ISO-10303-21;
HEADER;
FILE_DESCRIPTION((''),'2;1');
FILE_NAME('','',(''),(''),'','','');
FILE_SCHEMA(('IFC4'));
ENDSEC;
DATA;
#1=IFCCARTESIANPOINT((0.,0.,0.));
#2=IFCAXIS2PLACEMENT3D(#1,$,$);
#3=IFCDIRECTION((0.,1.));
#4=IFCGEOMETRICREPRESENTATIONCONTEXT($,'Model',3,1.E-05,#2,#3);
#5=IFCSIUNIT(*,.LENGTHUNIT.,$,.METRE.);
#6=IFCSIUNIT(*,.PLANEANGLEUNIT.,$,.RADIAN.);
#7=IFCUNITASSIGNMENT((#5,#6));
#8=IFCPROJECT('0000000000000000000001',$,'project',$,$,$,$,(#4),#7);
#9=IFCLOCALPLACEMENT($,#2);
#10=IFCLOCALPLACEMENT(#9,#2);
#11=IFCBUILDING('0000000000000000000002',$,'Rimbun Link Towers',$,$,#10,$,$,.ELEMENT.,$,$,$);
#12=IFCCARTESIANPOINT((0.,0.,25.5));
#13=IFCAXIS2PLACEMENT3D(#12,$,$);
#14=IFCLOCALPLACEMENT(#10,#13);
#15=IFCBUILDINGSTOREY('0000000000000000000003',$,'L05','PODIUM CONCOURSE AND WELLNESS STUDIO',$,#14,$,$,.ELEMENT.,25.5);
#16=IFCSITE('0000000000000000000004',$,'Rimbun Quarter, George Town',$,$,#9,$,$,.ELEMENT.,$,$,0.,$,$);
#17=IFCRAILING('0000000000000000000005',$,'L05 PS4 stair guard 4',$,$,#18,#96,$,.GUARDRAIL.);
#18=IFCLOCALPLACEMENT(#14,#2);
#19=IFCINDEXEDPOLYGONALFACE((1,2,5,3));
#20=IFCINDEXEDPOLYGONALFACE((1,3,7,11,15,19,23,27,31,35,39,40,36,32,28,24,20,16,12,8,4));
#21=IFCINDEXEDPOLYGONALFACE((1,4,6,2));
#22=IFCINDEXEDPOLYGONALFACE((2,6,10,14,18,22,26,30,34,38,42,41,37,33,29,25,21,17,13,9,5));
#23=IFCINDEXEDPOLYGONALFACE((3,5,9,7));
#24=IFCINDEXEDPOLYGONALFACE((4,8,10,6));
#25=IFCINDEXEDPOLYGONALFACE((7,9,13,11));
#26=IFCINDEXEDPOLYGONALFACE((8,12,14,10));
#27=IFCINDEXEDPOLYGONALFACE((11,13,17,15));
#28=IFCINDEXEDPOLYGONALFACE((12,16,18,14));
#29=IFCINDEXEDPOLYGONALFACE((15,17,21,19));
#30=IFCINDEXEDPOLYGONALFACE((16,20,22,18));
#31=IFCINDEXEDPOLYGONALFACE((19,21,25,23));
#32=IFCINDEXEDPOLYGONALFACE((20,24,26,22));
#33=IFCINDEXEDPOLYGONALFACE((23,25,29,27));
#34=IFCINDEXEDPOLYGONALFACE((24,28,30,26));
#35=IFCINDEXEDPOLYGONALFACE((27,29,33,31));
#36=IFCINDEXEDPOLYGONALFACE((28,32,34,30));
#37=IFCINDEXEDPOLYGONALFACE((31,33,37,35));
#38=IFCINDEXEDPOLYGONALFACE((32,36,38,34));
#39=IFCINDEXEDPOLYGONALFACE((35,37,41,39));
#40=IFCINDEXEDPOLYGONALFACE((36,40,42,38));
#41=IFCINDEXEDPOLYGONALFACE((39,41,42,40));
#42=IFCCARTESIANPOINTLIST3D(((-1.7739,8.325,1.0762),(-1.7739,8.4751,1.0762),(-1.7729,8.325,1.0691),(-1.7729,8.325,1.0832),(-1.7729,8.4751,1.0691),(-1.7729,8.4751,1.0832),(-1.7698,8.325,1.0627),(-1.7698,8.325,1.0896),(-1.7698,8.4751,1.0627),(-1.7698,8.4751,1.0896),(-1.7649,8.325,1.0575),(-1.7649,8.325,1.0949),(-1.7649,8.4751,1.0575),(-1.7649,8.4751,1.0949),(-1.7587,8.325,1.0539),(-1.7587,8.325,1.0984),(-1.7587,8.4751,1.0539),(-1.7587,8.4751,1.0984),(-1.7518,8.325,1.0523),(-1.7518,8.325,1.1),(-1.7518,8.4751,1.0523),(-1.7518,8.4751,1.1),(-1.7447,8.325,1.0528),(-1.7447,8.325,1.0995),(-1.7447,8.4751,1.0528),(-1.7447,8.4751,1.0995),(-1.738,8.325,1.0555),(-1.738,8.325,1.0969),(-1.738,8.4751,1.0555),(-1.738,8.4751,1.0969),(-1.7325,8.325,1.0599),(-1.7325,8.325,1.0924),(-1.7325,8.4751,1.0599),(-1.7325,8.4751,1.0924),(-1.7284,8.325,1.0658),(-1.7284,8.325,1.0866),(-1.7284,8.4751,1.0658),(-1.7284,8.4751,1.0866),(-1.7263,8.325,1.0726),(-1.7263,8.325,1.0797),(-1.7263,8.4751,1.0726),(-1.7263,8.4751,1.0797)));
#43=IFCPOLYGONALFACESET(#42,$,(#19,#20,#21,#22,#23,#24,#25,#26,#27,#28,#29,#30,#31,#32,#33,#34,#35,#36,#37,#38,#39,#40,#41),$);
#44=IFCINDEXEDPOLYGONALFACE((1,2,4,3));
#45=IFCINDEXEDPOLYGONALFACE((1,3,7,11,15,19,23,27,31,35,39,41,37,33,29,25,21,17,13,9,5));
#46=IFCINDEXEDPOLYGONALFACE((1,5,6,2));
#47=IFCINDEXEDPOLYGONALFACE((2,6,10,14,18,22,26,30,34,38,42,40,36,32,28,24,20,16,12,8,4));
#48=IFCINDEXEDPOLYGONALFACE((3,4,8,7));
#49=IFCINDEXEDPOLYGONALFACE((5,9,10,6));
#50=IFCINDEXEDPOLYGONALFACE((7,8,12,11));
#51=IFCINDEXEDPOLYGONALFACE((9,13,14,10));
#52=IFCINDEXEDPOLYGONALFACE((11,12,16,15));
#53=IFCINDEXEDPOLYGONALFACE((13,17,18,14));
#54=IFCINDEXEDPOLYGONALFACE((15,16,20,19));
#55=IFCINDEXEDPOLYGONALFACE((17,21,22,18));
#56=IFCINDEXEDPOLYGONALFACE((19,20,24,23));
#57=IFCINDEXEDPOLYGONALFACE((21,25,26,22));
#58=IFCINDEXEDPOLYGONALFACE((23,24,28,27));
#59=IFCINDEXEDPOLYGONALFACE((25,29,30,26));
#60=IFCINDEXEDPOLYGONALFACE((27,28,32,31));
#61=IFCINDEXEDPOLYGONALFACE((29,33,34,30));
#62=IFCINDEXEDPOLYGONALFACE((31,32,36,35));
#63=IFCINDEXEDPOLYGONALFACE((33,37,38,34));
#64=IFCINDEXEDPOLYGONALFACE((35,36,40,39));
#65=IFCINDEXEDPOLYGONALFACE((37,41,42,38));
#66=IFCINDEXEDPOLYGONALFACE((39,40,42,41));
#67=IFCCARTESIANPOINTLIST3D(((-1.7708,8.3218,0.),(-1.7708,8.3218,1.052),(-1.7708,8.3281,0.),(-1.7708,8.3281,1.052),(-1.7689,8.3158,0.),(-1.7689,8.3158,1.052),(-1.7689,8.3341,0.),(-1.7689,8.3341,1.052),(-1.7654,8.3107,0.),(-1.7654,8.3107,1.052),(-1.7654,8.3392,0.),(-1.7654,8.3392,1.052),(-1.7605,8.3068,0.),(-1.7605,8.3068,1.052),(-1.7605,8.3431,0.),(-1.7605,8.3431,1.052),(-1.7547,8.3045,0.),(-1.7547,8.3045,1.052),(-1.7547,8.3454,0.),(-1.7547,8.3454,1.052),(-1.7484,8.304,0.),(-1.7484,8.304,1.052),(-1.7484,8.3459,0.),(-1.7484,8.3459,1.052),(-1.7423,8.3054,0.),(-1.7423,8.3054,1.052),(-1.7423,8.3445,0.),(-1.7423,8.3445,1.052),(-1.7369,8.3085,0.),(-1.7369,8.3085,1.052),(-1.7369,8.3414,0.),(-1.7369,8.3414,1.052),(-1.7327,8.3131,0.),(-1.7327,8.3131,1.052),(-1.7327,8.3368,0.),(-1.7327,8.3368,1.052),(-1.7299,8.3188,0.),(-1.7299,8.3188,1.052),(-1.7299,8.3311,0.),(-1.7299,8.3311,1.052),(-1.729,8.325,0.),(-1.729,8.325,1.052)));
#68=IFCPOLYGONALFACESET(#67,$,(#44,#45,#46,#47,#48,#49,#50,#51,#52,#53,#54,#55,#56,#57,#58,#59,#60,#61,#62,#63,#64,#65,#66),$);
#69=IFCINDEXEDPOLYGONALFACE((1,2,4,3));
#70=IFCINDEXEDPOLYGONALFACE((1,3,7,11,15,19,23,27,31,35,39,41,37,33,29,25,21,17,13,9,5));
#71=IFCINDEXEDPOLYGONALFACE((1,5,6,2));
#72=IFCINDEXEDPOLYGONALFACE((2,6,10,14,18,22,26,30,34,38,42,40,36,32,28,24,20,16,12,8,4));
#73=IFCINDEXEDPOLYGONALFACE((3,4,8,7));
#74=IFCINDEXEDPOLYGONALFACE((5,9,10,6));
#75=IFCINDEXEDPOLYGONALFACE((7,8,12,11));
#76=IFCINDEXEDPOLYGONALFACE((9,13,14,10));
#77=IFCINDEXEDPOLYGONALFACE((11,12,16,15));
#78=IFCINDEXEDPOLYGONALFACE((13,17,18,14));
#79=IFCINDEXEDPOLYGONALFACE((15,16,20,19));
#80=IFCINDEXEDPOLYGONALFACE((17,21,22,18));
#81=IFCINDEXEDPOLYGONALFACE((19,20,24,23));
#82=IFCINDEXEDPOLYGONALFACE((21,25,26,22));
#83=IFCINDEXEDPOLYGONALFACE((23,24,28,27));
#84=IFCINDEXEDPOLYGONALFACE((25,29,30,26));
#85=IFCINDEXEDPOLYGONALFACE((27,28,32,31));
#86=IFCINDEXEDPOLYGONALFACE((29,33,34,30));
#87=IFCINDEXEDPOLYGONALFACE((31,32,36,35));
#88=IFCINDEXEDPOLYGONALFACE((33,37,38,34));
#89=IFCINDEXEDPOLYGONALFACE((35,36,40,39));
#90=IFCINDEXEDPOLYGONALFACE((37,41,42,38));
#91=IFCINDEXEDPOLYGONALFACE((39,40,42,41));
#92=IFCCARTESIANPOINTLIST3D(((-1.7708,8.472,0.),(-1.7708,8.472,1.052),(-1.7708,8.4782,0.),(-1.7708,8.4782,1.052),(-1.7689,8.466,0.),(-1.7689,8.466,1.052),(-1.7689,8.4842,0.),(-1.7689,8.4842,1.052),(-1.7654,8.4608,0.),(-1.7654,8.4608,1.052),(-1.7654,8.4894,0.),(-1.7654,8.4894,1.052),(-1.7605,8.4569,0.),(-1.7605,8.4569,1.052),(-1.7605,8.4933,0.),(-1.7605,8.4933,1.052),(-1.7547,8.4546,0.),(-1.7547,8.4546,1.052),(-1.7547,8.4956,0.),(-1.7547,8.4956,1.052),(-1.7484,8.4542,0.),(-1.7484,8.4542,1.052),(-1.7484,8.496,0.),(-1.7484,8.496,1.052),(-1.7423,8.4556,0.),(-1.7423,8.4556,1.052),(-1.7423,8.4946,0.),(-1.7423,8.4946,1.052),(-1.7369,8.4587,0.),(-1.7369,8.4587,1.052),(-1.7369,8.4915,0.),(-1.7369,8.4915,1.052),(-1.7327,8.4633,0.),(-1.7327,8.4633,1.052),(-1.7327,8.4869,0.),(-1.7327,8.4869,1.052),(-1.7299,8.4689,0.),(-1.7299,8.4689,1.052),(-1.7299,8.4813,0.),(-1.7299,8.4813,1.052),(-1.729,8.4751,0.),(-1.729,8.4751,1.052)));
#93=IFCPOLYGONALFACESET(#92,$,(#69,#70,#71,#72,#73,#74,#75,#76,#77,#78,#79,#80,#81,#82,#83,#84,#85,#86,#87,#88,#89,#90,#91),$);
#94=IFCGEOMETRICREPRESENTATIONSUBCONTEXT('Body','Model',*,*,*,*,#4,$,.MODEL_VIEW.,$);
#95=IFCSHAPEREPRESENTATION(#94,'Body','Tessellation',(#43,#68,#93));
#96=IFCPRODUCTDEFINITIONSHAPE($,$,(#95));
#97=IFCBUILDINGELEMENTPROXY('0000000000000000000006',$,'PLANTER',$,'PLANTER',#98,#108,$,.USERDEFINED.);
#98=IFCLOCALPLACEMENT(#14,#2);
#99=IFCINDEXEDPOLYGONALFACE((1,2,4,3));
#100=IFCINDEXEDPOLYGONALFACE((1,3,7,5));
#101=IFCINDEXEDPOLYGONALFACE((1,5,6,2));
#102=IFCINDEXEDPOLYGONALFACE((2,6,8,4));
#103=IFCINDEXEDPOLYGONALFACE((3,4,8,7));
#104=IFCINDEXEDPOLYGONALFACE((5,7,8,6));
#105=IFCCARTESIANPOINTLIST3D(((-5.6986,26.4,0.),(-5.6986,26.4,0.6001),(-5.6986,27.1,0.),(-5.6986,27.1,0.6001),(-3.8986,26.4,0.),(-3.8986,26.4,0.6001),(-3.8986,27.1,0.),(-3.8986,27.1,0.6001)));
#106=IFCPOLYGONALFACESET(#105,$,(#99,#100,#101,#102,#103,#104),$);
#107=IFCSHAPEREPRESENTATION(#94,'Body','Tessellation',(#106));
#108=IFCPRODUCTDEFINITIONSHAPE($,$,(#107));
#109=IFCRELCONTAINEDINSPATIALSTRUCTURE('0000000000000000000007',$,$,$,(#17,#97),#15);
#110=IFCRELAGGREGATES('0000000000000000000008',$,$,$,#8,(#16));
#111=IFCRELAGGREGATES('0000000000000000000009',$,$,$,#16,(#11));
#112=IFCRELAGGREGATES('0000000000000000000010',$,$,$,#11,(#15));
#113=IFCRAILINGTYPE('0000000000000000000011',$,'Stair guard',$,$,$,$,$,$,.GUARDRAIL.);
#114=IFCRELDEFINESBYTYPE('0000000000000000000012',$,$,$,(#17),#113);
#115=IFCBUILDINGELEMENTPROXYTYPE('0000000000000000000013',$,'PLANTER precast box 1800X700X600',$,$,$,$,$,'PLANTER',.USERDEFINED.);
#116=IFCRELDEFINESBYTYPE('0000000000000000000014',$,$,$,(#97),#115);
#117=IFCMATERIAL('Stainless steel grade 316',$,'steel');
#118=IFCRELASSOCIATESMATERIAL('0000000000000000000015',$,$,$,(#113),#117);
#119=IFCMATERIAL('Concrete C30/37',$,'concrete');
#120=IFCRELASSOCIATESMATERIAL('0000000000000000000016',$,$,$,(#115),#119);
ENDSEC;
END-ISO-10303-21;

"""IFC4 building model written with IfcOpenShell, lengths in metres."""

from ifc_helpers import new_model, si_unit, direction, frame, origin, origin_2d, place, context, subcontext, project, spatial, rectangle, circle, extrude, material, type_object, element, save


model = new_model("IFC4")

# Units and contexts
model_context = context("Model", 3, precision=1e-05, world=origin(), true_north=direction((0.0, 1.0)))
body_context = subcontext(model_context, "Body", "Model", "MODEL_VIEW")
ifc_project = project(units=[si_unit("LENGTHUNIT", "METRE"), si_unit("PLANEANGLEUNIT", "RADIAN")], contexts=[model_context])

# Site, building, storey
site_placement = place(None, origin())
site = spatial("IfcSite", under=ifc_project, at=site_placement, Name="Rimbun Quarter, George Town", CompositionType="ELEMENT", RefElevation=0.0)
building_placement = place(site_placement, origin())
building = spatial("IfcBuilding", under=site, at=building_placement, Name="Rimbun Link Towers", CompositionType="ELEMENT")
storey_placement = place(building_placement, frame((0.0, 0.0, 25.5)))
storey = spatial("IfcBuildingStorey", under=building, at=storey_placement, Name="L05", Description="PODIUM CONCOURSE AND WELLNESS STUDIO", CompositionType="ELEMENT", Elevation=25.5)

# Railing
ifc_material_1 = material(Name="Stainless steel grade 316", Category="steel")
railing_type = type_object("IfcRailingType", Name="Stair guard", PredefinedType="GUARDRAIL", material=ifc_material_1)
railing_placement = place(storey_placement, frame((-1.75, 8.325, 0.0)))
element("IfcRailing", 1, at=railing_placement, inside=storey, type_object=railing_type, Name="L05 PS4 stair guard 4", PredefinedType="GUARDRAIL", context=body_context, shape_type="SweptSolid", body=[
    extrude(circle(Radius=0.0239, at=origin_2d()), frame((0.0, 0.0, 1.0762), z_axis=(0.0, 1.0, 0.0), x_axis=(-1.0, 0.0, 0.0)), (0.0, 0.0, 1.0), 0.1501),
    extrude(circle(Radius=0.021, at=origin_2d()), origin(), (0.0, 0.0, 1.0), 1.052),
    extrude(circle(Radius=0.021, at=origin_2d()), frame((0.0, 0.1501, 0.0)), (0.0, 0.0, 1.0), 1.052),
])

# Building element proxy
ifc_material_2 = material(Name="Concrete C30/37", Category="concrete")
building_element_proxy_type = type_object("IfcBuildingElementProxyType", Name="PLANTER precast box 1800X700X600", ElementType="PLANTER", PredefinedType="USERDEFINED", material=ifc_material_2)
proxy_placement = place(storey_placement, frame((-4.7986, 26.75, 0.0), z_axis=(0.0, 0.0, 1.0), x_axis=(-1.0, 0.0, 0.0)))
element("IfcBuildingElementProxy", 2, at=proxy_placement, inside=storey, type_object=building_element_proxy_type, Name="PLANTER", ObjectType="PLANTER", PredefinedType="USERDEFINED", context=body_context, shape_type="SweptSolid", body=[
    extrude(rectangle(XDim=1.8, YDim=0.7, at=origin_2d()), origin(), (0.0, 0.0, 1.0), 0.6001),
])

save(model, "model.ifc")
